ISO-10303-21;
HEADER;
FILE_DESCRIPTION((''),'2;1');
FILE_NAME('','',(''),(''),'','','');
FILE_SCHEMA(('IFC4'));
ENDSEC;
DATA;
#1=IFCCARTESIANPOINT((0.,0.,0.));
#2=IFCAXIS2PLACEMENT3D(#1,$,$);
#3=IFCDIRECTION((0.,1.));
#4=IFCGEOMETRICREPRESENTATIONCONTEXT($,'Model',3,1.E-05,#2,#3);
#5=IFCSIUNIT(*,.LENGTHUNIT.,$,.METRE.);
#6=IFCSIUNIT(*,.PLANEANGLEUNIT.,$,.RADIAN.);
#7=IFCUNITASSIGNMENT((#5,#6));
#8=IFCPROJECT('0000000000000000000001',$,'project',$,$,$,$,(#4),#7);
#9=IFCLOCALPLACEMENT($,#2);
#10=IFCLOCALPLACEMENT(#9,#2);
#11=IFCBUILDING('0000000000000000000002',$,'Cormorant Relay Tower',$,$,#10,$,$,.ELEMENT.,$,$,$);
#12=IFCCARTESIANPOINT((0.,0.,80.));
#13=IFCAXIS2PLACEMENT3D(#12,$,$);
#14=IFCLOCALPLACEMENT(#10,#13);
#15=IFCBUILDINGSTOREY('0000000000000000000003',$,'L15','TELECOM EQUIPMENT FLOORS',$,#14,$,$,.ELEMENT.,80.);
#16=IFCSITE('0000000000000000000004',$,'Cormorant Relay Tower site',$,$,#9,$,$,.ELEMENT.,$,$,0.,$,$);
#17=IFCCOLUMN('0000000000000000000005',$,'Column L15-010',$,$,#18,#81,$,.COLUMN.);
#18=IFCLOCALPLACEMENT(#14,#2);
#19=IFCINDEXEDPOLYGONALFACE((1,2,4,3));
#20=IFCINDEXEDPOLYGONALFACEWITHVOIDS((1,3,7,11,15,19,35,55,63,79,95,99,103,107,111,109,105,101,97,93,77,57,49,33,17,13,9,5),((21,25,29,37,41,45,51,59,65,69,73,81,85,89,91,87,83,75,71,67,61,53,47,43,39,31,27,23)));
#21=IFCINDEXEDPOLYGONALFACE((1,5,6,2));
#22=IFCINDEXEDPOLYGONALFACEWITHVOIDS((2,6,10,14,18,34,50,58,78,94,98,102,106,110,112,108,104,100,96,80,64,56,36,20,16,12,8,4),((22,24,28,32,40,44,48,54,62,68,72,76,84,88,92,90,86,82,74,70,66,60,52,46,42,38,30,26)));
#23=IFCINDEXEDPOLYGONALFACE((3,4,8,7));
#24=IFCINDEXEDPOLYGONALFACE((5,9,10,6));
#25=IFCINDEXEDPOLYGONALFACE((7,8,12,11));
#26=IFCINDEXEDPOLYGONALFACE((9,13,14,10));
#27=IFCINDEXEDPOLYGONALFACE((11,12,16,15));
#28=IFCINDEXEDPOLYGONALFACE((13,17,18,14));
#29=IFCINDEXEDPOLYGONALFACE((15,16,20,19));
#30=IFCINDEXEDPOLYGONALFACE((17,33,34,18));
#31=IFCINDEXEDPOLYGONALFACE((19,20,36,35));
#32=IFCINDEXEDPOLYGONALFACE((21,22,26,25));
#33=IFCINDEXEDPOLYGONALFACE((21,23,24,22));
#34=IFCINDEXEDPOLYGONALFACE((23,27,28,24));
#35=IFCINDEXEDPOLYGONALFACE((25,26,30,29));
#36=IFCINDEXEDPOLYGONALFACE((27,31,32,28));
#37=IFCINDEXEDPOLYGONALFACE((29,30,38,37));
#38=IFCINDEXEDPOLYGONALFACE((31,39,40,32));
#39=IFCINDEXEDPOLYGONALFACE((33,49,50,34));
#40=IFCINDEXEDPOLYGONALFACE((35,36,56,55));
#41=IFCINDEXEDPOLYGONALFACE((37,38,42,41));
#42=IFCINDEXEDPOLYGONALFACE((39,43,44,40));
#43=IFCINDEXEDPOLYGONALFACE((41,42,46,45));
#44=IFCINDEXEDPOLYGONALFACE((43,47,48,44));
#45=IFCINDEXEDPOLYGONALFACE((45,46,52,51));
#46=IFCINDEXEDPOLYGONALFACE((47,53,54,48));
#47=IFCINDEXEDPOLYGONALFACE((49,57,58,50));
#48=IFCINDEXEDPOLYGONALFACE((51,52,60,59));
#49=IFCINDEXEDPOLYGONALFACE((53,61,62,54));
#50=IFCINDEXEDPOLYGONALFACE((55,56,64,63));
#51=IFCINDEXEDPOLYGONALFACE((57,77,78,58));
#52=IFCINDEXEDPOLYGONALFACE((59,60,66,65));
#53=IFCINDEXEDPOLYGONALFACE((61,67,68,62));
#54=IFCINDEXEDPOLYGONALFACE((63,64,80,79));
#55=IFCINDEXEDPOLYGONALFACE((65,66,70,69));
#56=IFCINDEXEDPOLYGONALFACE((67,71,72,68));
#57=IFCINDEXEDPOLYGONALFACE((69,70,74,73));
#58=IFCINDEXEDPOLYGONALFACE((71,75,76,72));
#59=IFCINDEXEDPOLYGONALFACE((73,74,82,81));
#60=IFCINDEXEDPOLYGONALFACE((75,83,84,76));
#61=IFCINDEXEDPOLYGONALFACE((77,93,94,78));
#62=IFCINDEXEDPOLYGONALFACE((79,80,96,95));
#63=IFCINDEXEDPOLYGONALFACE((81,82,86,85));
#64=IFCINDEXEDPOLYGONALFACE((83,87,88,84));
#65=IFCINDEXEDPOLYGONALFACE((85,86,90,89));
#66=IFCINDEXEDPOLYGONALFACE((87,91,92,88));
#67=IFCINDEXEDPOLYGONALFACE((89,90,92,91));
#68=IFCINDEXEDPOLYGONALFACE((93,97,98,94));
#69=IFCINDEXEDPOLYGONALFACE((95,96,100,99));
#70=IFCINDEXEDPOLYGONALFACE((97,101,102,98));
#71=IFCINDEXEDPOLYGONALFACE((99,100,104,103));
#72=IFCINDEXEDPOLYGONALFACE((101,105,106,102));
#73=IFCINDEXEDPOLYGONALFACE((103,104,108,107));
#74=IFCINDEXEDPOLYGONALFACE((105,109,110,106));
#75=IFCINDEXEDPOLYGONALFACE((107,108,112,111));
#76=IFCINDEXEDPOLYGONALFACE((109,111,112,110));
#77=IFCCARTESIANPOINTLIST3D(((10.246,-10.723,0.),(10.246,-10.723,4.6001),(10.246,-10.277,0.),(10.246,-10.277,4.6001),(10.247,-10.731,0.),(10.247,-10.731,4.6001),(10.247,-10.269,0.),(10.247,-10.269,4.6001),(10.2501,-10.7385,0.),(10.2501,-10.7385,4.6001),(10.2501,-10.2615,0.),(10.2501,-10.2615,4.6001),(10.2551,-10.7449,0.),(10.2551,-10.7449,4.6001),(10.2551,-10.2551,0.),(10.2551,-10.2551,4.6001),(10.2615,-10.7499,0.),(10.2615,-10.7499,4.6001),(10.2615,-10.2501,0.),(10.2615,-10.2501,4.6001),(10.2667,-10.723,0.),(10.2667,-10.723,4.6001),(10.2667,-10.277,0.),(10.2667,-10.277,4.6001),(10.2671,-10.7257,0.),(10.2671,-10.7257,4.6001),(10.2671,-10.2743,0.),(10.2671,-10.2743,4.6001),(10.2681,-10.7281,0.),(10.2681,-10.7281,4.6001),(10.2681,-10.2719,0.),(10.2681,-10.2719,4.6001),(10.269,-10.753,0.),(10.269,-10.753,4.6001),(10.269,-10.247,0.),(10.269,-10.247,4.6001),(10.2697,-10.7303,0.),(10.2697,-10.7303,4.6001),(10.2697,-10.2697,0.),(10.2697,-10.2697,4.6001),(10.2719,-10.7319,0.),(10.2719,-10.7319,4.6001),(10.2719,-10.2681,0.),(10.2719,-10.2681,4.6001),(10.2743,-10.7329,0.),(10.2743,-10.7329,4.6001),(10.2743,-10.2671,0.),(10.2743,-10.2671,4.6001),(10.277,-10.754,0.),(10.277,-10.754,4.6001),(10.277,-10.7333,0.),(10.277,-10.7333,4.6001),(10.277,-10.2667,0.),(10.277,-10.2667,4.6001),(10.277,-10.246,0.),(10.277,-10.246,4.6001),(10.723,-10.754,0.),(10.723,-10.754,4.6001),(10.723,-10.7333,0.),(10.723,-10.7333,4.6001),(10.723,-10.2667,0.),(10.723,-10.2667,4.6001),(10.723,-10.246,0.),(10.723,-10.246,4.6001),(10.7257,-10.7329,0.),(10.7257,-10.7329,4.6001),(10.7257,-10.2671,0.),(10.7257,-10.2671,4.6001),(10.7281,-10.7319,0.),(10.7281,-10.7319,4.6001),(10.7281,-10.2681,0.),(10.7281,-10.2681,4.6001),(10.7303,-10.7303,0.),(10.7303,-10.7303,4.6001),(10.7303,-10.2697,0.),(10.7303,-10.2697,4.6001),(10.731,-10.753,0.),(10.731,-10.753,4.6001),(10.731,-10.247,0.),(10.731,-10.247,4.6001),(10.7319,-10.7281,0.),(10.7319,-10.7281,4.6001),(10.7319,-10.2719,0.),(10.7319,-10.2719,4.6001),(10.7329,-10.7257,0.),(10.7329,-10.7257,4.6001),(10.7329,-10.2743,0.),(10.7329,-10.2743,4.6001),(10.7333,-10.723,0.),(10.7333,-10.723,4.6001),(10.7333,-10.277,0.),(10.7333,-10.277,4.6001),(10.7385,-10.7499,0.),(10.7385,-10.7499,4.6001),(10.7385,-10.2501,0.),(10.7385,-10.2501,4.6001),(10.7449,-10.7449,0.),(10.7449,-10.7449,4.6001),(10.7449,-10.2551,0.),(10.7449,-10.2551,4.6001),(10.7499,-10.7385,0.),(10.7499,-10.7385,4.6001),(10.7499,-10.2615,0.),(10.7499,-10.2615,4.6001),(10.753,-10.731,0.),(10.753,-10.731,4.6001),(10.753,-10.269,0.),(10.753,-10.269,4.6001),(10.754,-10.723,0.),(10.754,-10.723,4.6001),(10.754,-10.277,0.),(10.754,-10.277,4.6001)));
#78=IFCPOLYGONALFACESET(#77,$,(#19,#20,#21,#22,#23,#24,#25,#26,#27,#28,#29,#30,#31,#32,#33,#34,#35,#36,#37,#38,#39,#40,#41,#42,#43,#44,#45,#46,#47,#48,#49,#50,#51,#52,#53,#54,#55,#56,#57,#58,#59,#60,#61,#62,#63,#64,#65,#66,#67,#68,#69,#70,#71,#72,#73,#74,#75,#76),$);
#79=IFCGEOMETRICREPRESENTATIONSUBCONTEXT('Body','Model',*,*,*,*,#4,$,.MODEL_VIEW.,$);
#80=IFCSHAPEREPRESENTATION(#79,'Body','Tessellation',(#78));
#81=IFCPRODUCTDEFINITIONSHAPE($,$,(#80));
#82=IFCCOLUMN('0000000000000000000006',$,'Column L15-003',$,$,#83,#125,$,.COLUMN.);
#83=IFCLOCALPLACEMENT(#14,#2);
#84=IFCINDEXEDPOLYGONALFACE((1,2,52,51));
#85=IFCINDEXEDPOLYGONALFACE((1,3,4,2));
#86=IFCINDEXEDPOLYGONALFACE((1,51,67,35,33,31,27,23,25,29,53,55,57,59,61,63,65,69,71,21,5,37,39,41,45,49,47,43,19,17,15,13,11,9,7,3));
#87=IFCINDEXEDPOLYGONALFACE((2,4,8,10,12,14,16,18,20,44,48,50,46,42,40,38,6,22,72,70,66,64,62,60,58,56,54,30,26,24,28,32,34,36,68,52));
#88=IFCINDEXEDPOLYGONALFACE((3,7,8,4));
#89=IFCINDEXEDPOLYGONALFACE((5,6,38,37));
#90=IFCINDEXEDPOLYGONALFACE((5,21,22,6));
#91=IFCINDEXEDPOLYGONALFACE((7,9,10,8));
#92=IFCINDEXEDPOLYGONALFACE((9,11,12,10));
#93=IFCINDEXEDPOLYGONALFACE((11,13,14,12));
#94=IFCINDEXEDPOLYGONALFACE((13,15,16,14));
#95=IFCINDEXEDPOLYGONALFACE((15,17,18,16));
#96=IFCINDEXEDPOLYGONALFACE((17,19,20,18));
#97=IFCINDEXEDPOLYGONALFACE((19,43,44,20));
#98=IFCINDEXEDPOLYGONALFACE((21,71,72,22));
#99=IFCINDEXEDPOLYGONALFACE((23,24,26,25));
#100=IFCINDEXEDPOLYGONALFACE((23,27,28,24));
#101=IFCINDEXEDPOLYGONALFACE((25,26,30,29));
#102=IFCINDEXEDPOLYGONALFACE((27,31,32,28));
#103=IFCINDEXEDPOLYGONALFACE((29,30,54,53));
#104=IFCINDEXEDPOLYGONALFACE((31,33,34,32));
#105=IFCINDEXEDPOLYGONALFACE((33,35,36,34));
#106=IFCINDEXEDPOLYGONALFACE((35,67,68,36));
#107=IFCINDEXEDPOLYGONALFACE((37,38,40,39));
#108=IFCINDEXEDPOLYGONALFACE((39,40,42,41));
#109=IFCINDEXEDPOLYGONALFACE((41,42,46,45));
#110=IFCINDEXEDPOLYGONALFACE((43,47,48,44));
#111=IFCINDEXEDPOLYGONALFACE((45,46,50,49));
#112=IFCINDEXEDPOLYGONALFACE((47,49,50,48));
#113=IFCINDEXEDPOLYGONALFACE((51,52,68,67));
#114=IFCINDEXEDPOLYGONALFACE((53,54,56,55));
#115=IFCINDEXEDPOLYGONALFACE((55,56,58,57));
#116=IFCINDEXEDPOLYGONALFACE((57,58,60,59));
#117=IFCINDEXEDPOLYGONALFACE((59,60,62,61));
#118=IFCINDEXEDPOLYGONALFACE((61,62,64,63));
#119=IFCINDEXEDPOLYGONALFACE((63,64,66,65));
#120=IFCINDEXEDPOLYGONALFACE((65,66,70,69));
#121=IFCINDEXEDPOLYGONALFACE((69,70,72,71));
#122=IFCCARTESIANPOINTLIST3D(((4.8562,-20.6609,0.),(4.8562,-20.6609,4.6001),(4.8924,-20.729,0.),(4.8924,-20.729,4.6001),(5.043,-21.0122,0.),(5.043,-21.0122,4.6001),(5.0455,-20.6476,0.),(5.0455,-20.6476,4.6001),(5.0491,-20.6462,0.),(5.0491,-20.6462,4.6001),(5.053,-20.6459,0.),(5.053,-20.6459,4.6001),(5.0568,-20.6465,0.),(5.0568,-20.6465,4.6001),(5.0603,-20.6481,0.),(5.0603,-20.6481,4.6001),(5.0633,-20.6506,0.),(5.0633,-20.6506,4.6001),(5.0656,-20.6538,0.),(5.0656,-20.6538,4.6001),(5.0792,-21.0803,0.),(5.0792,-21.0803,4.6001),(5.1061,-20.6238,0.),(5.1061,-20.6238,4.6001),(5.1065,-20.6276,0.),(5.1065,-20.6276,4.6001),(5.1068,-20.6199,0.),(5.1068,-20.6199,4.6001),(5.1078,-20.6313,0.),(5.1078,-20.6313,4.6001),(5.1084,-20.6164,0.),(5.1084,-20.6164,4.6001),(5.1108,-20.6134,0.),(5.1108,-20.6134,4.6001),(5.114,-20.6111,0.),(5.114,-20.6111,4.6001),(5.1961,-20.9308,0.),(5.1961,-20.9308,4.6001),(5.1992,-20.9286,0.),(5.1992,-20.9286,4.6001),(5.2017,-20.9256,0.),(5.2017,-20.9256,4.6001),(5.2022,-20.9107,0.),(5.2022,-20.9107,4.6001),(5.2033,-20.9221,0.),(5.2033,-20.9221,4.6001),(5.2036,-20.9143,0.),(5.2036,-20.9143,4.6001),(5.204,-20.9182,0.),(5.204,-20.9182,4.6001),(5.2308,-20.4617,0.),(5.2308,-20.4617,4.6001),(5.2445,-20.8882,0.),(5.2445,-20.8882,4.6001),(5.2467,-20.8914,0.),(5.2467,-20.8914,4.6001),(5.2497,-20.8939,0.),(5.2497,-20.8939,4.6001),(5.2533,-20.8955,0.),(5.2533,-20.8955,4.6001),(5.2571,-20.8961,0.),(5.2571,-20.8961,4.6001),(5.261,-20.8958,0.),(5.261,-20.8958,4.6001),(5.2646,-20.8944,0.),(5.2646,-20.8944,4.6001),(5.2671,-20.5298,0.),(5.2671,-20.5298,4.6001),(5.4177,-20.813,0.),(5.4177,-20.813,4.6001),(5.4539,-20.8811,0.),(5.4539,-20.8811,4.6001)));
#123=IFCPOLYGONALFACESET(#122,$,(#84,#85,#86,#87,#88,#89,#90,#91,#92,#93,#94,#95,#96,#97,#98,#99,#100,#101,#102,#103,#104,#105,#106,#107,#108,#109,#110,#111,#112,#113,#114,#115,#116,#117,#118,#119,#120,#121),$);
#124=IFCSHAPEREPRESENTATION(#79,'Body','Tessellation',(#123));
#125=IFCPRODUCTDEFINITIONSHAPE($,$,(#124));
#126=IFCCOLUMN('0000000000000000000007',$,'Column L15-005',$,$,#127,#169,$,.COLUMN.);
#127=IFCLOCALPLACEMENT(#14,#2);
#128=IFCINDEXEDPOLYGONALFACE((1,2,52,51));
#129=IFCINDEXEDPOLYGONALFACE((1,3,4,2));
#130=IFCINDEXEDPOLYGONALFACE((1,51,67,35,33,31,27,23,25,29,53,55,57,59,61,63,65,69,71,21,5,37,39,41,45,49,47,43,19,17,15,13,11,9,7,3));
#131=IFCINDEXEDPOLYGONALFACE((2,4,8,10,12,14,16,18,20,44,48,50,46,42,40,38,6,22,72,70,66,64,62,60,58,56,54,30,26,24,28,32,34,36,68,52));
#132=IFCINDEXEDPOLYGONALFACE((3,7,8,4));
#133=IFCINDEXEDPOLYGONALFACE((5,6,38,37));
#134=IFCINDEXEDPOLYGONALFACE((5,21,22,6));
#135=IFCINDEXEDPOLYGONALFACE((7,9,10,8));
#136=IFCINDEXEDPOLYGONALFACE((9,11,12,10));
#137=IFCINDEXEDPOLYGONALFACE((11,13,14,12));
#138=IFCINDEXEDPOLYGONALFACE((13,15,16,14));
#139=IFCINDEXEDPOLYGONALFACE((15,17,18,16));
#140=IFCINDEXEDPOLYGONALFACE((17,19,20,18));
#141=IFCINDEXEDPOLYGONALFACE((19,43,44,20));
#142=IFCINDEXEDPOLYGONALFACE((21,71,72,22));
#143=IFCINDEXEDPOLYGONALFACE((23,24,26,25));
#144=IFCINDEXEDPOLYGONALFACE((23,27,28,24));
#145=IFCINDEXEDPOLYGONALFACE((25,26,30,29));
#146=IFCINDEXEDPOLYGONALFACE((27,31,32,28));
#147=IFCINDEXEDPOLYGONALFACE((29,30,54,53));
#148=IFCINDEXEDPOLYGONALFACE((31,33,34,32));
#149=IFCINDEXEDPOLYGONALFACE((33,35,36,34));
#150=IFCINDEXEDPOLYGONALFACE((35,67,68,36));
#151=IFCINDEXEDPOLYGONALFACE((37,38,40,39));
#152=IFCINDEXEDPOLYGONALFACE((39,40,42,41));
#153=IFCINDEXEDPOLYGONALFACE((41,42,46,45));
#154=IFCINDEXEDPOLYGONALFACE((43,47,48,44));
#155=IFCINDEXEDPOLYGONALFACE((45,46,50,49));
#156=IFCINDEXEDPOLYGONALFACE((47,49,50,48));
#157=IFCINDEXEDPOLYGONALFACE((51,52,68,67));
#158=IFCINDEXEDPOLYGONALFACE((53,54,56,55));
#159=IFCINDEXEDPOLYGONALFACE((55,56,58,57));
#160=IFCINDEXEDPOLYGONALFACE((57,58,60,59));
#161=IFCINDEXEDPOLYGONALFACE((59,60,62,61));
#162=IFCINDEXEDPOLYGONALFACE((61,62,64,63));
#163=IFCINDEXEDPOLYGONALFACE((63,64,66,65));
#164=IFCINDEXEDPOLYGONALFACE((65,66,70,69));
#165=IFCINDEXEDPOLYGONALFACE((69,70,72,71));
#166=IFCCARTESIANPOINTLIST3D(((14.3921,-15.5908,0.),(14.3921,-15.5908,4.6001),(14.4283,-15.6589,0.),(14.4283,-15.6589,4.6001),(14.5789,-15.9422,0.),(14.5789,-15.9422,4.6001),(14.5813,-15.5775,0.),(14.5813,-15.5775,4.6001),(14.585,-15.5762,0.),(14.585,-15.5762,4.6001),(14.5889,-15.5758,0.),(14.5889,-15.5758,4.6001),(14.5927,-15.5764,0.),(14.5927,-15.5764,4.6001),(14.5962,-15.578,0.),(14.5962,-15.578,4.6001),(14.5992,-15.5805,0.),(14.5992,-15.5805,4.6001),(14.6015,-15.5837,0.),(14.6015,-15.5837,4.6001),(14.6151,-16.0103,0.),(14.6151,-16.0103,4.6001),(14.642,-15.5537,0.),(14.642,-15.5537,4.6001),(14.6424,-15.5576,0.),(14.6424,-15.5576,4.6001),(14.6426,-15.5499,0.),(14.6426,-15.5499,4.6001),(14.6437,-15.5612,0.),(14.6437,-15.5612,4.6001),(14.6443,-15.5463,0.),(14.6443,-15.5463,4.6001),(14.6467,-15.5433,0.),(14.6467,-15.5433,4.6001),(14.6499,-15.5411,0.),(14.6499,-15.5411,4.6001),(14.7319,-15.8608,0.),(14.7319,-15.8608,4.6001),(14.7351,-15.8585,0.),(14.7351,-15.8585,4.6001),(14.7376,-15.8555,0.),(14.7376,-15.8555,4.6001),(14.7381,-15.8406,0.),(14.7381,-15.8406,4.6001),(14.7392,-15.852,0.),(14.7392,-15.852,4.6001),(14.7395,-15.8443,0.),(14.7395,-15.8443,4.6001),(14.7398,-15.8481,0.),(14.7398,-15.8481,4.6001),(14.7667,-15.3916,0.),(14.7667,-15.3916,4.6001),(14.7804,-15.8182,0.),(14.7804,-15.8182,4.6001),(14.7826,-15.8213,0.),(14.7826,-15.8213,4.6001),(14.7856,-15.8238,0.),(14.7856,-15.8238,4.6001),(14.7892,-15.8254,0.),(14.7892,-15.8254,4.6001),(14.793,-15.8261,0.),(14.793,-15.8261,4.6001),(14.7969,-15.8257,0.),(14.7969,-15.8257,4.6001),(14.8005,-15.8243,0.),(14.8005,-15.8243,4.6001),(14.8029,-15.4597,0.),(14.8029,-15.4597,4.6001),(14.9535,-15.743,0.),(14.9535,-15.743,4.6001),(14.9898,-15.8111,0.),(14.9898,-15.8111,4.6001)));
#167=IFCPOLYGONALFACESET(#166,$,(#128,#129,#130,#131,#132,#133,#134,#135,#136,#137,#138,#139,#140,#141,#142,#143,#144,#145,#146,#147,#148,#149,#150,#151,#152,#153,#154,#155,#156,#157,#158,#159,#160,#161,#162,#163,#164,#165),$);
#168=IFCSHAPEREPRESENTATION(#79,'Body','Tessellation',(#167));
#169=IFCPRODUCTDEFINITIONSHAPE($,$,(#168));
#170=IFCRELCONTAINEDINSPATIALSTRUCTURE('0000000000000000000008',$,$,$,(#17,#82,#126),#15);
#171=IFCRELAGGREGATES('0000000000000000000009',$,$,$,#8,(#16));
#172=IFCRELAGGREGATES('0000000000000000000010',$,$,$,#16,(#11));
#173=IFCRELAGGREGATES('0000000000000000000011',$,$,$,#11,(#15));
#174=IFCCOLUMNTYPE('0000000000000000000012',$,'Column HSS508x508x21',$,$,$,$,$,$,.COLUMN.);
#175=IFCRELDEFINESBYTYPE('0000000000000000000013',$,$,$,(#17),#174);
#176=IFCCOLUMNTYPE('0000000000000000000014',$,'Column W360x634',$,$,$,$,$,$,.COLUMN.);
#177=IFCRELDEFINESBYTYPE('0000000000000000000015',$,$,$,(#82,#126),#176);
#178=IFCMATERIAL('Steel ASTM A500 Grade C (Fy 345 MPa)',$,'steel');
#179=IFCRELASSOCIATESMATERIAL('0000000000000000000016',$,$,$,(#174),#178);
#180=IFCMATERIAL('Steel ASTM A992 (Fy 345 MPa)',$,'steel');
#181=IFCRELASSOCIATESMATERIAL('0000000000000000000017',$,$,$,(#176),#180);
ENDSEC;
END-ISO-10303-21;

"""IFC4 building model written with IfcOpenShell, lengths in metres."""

from ifc_helpers import new_model, si_unit, direction, frame, origin, origin_2d, place, context, subcontext, project, spatial, hollow_rectangle, i_section, extrude, material, material_profile, profile_set, type_object, element, save


model = new_model("IFC4")

# Units and contexts
model_context = context("Model", 3, precision=1e-05, world=origin(), true_north=direction((0.0, 1.0)))
body_context = subcontext(model_context, "Body", "Model", "MODEL_VIEW")
ifc_project = project(units=[si_unit("LENGTHUNIT", "METRE"), si_unit("PLANEANGLEUNIT", "RADIAN")], contexts=[model_context])

# Site, building, storey
site_placement = place(None, origin())
site = spatial("IfcSite", under=ifc_project, at=site_placement, Name="Cormorant Relay Tower site", CompositionType="ELEMENT", RefElevation=0.0)
building_placement = place(site_placement, origin())
building = spatial("IfcBuilding", under=site, at=building_placement, Name="Cormorant Relay Tower", CompositionType="ELEMENT")
storey_placement = place(building_placement, frame((0.0, 0.0, 80.0)))
storey = spatial("IfcBuildingStorey", under=building, at=storey_placement, Name="L15", Description="TELECOM EQUIPMENT FLOORS", CompositionType="ELEMENT", Elevation=80.0)

# Columns
ifc_material_1 = material(Name="Steel ASTM A500 Grade C (Fy 345 MPa)", Category="steel")
ifc_material_profile_1 = material_profile(ifc_material_1, hollow_rectangle(XDim=0.5081, YDim=0.5081, WallThickness=0.0208, InnerFilletRadius=0.0103, OuterFilletRadius=0.031, at=origin_2d()), Name="HSS508x508x21")
ifc_profile_set_1 = profile_set([ifc_material_profile_1], Name="Steel ASTM A500 Grade C (Fy 345 MPa)")
column_type_1 = type_object("IfcColumnType", Name="Column HSS508x508x21", PredefinedType="COLUMN", material=ifc_profile_set_1)
column_1_placement = place(storey_placement, frame((10.5, -10.5, 0.0), z_axis=(0.0, 0.0, 1.0), x_axis=(1.0, 0.0, 0.0)))
element("IfcColumn", 1, at=column_1_placement, inside=storey, type_object=column_type_1, Name="Column L15-010", PredefinedType="COLUMN", context=body_context, shape_type="SweptSolid", body=[
    extrude(hollow_rectangle(XDim=0.5081, YDim=0.5081, WallThickness=0.0208, InnerFilletRadius=0.0103, OuterFilletRadius=0.031, at=origin_2d()), origin(), (0.0, 0.0, 1.0), 4.6001),
])
ifc_material_2 = material(Name="Steel ASTM A992 (Fy 345 MPa)", Category="steel")
ifc_material_profile_2 = material_profile(ifc_material_2, i_section(OverallWidth=0.4243, OverallDepth=0.4751, WebThickness=0.0479, FlangeThickness=0.0771, FilletRadius=0.0149, at=origin_2d()), Name="W360x634")
ifc_profile_set_2 = profile_set([ifc_material_profile_2], Name="Steel ASTM A992 (Fy 345 MPa)")
column_type_2 = type_object("IfcColumnType", Name="Column W360x634", PredefinedType="COLUMN", material=ifc_profile_set_2)
for number, where, z_axis, x_axis, name in (
    (2, (5.155, -20.771, 0.0), (0.0, 0.0, 1.0), (0.882948, 0.469472, 0.0), "Column L15-003"),
    (3, (14.6909, -15.7009, 0.0), (0.0, 0.0, 1.0), (0.882948, 0.469472, 0.0), "Column L15-005"),
):
    element("IfcColumn", number, at=place(storey_placement, frame(where, z_axis=z_axis, x_axis=x_axis)), inside=storey, type_object=column_type_2, Name=name, PredefinedType="COLUMN", context=body_context, shape_type="SweptSolid", body=[
        extrude(i_section(OverallWidth=0.4243, OverallDepth=0.4751, WebThickness=0.0479, FlangeThickness=0.0771, FilletRadius=0.0149, at=origin_2d()), origin(), (0.0, 0.0, 1.0), 4.6001),
    ])

save(model, "model.ifc")
